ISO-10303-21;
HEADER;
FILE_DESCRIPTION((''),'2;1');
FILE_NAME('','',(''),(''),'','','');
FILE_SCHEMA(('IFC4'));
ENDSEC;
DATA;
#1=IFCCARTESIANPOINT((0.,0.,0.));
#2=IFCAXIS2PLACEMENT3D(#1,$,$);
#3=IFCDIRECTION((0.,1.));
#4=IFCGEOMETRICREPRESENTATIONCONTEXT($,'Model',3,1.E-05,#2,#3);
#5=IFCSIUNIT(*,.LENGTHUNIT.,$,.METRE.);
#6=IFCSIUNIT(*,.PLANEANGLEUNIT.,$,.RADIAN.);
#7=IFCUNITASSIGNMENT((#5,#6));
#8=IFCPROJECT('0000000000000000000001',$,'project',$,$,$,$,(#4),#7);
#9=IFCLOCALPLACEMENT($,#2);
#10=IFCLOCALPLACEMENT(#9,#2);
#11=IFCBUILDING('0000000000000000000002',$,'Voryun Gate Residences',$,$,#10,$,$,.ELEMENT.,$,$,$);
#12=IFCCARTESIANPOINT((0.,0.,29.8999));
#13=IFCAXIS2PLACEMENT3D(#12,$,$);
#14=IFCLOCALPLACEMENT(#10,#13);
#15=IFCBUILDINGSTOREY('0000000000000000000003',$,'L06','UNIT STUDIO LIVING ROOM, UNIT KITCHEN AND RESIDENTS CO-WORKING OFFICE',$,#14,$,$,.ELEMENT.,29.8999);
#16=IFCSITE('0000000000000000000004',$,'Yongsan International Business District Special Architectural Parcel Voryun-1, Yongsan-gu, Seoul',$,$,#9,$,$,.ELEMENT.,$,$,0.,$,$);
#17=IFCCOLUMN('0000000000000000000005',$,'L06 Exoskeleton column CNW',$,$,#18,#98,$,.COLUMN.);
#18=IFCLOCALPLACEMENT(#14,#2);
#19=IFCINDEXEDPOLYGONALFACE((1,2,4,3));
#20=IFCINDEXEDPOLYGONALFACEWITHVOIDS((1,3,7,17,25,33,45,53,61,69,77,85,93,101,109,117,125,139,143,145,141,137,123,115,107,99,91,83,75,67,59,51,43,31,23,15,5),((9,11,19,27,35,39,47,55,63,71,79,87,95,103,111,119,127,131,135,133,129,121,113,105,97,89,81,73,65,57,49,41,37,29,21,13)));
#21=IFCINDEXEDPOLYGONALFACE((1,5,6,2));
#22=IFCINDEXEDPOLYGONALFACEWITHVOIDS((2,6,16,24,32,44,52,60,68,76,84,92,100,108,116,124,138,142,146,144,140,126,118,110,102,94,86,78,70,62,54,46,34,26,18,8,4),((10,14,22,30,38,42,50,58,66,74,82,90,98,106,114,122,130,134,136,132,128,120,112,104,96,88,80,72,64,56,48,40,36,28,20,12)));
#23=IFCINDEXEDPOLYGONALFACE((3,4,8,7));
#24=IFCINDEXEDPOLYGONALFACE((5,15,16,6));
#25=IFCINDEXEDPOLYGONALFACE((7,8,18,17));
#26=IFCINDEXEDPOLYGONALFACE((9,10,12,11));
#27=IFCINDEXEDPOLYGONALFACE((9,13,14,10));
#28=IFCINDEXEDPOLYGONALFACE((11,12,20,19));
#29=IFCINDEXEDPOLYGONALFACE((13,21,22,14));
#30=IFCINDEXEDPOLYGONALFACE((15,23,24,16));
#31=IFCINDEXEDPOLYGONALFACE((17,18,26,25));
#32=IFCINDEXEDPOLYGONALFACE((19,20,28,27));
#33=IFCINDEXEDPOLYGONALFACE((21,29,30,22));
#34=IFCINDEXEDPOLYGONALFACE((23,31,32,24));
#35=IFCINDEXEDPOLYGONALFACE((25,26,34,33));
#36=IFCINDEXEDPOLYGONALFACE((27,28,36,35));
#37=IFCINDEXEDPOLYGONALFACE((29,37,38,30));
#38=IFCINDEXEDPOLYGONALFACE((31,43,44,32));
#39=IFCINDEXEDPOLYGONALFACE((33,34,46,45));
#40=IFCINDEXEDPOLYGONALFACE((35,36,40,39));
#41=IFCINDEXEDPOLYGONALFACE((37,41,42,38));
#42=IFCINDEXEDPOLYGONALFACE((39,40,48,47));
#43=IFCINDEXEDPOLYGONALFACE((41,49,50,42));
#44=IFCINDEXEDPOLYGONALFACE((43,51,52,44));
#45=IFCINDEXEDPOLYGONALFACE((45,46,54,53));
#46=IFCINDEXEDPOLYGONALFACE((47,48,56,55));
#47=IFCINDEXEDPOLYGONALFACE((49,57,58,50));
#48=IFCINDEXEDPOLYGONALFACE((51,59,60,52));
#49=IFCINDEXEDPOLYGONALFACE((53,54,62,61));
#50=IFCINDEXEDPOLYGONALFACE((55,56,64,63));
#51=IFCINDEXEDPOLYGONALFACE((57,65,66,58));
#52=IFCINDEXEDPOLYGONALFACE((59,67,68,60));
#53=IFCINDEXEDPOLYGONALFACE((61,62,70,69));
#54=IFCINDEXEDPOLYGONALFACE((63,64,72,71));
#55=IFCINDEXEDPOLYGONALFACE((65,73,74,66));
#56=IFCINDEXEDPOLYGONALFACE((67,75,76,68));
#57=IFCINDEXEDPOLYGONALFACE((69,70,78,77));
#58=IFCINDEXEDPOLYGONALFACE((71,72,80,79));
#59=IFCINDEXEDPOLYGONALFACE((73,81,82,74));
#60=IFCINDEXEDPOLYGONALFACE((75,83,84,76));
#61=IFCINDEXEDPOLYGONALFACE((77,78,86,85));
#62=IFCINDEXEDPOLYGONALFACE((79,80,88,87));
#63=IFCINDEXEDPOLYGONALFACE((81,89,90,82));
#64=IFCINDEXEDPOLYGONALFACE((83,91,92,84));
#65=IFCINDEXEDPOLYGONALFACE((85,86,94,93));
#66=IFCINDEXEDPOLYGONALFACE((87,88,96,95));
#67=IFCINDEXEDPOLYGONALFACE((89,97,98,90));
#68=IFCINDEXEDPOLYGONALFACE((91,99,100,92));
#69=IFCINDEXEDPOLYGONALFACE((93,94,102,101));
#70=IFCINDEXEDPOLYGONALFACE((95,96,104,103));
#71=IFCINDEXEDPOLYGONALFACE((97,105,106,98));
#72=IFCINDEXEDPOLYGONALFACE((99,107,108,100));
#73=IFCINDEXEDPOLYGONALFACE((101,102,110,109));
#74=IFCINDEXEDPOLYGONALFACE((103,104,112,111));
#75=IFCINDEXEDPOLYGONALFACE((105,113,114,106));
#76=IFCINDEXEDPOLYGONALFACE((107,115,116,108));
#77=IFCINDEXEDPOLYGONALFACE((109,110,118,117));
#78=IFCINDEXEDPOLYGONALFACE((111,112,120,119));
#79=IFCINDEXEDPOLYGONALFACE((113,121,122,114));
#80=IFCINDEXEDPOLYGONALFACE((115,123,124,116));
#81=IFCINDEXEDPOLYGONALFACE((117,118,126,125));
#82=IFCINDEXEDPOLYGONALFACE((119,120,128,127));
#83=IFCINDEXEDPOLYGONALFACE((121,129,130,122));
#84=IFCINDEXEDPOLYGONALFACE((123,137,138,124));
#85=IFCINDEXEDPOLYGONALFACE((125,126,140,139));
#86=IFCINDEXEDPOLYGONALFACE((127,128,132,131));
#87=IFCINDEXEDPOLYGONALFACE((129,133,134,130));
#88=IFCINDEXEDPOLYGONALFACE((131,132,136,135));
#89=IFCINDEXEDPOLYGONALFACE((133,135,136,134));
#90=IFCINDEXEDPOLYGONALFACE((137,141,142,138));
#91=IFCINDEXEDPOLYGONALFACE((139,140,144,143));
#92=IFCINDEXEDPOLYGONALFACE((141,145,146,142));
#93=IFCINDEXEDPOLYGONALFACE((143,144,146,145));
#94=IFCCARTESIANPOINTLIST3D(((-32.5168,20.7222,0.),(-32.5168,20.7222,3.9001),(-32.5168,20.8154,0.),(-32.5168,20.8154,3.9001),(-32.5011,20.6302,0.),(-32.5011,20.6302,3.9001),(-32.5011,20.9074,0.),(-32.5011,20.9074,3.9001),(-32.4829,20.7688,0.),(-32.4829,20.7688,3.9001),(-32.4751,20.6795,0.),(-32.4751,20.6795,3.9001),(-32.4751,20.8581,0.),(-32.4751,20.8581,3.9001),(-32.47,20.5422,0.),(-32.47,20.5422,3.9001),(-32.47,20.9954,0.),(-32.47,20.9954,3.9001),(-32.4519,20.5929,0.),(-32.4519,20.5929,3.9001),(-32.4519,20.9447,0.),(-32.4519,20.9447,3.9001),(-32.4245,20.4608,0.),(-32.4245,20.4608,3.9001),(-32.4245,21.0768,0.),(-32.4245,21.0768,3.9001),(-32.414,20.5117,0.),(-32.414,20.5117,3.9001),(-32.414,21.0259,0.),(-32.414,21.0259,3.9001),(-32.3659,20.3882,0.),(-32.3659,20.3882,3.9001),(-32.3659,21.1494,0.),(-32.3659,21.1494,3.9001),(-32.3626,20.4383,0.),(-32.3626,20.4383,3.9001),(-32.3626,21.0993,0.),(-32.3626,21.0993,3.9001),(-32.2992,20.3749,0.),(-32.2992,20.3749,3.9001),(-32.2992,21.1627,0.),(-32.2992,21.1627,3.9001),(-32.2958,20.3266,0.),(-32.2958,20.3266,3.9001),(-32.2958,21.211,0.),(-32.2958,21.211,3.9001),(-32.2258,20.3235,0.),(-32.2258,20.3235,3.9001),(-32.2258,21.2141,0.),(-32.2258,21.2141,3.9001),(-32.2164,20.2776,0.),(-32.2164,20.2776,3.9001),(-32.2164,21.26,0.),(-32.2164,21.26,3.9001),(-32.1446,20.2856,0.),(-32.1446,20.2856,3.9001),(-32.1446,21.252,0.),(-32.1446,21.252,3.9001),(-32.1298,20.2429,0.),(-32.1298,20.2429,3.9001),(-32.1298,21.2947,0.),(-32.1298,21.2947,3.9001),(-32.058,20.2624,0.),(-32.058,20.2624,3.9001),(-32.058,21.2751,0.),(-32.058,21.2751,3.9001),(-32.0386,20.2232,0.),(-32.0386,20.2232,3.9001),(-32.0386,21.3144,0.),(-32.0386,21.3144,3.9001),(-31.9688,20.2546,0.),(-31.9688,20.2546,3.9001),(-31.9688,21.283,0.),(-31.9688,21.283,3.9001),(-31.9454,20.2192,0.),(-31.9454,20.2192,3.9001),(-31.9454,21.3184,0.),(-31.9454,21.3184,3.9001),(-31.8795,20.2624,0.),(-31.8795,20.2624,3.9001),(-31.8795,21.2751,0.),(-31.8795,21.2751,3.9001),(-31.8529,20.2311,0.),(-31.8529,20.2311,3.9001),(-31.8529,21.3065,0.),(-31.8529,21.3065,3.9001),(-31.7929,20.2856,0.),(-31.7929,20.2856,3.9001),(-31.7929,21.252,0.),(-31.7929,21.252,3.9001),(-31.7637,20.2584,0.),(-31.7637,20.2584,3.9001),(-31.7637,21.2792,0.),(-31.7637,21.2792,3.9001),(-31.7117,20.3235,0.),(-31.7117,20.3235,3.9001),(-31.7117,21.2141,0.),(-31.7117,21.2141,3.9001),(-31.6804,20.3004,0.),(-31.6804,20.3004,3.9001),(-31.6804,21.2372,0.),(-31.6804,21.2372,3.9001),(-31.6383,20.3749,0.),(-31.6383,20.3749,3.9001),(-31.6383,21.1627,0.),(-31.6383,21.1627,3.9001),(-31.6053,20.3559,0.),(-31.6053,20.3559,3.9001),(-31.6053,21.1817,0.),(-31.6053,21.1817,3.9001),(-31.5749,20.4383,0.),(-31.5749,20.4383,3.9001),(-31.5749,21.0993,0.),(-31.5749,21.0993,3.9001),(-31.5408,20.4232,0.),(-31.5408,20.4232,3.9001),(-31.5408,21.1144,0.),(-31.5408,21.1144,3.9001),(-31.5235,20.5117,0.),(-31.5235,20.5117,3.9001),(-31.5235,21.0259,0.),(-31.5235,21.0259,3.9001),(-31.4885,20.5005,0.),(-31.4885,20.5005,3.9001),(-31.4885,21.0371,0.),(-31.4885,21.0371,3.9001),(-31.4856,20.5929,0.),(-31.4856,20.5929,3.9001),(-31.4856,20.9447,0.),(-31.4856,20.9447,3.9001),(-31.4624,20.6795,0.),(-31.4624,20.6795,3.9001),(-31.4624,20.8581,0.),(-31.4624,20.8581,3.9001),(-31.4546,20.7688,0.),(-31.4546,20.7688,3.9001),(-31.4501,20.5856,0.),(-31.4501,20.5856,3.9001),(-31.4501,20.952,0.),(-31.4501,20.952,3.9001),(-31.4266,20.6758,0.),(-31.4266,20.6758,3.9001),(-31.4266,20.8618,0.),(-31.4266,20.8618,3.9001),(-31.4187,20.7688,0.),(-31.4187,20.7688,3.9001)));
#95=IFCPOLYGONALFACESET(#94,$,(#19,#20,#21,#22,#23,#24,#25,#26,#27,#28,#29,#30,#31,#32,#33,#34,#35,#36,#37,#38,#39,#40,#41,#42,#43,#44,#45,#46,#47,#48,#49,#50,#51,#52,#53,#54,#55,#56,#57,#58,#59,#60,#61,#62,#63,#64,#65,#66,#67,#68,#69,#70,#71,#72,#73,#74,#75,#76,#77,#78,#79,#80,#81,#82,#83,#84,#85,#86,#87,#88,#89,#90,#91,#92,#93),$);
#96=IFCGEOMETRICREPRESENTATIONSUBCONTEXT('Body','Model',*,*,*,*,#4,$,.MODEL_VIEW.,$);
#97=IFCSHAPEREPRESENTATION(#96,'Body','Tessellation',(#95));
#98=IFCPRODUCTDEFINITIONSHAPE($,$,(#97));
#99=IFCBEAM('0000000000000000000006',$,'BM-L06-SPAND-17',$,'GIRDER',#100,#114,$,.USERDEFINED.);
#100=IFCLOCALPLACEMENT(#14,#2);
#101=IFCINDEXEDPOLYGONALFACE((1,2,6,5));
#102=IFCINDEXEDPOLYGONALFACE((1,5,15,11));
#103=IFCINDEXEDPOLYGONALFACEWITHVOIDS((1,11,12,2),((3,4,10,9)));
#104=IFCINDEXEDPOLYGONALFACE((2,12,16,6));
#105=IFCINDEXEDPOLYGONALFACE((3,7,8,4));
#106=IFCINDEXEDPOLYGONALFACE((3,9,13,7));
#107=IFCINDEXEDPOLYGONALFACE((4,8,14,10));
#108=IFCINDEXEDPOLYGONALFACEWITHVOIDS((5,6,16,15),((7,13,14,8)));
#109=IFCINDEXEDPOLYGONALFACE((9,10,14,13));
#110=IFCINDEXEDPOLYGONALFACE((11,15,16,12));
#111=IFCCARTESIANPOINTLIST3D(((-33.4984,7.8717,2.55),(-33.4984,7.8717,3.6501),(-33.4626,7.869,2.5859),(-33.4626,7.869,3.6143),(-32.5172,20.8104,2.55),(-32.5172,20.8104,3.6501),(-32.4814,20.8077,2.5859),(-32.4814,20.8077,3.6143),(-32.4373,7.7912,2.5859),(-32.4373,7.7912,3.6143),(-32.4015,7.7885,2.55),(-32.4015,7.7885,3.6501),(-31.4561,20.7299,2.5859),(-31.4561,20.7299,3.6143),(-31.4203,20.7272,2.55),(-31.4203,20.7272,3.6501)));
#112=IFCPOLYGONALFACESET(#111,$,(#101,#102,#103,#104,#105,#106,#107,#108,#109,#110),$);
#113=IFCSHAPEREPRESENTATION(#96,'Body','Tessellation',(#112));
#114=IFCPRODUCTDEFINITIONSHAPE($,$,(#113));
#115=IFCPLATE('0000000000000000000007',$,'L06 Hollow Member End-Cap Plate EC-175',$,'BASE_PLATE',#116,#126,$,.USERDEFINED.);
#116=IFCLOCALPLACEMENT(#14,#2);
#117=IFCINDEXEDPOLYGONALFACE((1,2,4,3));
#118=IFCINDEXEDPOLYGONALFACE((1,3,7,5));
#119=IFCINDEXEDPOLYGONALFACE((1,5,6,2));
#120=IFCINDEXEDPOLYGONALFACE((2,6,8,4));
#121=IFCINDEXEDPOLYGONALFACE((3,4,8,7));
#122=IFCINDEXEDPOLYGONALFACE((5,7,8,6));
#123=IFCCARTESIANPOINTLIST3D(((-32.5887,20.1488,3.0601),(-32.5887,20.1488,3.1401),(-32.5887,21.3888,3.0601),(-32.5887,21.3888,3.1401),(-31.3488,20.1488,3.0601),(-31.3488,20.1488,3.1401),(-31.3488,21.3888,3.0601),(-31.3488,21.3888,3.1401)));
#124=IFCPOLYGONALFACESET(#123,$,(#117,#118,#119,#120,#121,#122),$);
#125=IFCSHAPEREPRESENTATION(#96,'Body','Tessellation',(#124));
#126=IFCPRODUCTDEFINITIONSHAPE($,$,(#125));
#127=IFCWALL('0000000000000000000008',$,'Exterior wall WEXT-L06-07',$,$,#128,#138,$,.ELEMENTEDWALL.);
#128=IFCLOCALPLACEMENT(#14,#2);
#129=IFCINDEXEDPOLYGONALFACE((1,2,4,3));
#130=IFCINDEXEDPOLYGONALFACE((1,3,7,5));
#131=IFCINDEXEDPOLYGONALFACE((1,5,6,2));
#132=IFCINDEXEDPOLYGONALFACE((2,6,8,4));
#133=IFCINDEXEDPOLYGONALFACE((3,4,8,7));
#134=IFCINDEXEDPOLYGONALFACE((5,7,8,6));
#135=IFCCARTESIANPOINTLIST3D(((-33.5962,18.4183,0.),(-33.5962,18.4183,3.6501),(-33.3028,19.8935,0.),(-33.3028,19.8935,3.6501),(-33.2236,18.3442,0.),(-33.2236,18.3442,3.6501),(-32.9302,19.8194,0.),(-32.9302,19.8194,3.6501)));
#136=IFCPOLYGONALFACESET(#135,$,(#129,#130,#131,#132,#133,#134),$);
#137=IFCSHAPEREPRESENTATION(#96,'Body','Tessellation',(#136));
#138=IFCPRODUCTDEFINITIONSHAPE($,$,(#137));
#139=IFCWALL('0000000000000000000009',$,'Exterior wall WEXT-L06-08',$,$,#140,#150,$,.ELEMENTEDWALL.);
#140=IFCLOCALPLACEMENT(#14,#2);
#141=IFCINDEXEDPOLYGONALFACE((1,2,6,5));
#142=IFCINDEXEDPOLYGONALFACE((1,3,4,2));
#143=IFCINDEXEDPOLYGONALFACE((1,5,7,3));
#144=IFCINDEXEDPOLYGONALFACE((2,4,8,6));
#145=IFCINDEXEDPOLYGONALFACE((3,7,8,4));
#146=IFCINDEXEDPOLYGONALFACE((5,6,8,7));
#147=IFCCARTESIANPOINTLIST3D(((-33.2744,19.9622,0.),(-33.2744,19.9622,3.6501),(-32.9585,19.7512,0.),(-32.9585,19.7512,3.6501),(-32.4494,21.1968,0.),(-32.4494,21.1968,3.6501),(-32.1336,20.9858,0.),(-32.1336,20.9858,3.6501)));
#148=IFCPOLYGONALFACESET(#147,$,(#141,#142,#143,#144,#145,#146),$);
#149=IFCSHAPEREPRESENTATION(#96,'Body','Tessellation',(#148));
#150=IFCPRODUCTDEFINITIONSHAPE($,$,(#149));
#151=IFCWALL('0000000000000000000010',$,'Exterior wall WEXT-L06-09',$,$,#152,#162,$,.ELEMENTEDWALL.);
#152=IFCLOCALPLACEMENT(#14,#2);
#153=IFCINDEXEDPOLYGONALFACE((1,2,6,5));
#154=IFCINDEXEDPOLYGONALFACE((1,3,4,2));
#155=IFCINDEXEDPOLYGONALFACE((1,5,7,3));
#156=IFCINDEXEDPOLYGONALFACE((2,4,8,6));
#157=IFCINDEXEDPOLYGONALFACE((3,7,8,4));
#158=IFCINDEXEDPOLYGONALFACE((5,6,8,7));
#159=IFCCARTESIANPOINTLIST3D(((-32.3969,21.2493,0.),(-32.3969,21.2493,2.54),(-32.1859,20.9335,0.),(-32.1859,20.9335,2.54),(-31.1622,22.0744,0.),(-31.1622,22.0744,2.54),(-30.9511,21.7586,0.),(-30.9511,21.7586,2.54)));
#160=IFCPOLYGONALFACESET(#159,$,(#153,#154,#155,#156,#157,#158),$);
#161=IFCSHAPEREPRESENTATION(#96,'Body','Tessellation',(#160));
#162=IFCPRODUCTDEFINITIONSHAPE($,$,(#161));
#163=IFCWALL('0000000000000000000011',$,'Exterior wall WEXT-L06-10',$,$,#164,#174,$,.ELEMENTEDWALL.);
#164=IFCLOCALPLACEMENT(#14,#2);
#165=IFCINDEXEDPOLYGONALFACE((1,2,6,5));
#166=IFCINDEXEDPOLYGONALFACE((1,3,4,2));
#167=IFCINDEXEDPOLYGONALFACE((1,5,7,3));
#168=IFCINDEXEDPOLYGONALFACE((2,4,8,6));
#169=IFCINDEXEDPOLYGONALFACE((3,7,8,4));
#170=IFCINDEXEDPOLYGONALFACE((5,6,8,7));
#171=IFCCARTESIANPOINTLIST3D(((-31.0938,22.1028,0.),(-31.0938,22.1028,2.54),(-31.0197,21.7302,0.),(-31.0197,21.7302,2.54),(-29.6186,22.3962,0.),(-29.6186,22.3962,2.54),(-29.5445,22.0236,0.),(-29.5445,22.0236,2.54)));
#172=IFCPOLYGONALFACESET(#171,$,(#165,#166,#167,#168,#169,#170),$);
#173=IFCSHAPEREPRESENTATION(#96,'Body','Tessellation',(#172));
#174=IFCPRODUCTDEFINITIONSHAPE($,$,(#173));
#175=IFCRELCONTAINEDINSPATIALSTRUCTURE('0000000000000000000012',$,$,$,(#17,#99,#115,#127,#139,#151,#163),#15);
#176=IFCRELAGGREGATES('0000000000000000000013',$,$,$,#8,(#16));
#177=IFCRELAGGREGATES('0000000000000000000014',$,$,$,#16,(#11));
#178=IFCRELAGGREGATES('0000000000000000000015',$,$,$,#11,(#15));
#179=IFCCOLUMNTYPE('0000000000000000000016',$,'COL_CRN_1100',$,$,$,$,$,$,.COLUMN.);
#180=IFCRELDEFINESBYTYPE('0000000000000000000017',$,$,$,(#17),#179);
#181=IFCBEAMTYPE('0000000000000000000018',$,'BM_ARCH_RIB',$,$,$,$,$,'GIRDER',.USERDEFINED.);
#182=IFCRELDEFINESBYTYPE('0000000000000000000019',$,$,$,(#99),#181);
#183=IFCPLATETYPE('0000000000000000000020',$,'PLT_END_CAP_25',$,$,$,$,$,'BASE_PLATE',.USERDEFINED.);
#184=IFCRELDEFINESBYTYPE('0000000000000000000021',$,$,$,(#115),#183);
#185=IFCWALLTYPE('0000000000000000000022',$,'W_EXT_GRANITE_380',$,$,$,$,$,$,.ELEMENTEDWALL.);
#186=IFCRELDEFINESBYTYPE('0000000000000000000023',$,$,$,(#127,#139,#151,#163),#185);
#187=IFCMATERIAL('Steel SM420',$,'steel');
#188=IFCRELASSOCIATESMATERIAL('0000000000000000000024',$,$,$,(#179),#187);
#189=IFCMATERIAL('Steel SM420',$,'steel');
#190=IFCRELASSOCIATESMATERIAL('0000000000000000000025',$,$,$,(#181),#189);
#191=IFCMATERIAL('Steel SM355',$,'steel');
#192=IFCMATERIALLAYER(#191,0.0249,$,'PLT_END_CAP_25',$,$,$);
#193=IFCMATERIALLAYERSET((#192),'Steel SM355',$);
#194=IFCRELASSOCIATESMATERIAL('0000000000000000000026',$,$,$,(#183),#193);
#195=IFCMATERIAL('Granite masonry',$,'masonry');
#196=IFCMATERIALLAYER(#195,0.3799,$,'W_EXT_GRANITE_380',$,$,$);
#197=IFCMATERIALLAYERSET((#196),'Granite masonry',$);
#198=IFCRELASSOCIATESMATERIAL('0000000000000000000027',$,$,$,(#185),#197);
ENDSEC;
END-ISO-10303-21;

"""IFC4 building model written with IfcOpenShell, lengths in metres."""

from ifc_helpers import new_model, si_unit, direction, frame, frame_2d, origin, origin_2d, place, context, subcontext, project, spatial, rectangle, hollow_rectangle, hollow_circle, extrude, material, layer, layer_set, material_profile, profile_set, type_object, element, save


model = new_model("IFC4")

# Units and contexts
model_context = context("Model", 3, precision=1e-05, world=origin(), true_north=direction((0.0, 1.0)))
body_context = subcontext(model_context, "Body", "Model", "MODEL_VIEW")
ifc_project = project(units=[si_unit("LENGTHUNIT", "METRE"), si_unit("PLANEANGLEUNIT", "RADIAN")], contexts=[model_context])

# Site, building, storey
site_placement = place(None, origin())
site = spatial("IfcSite", under=ifc_project, at=site_placement, Name="Yongsan International Business District Special Architectural Parcel Voryun-1, Yongsan-gu, Seoul", CompositionType="ELEMENT", RefElevation=0.0)
building_placement = place(site_placement, origin())
building = spatial("IfcBuilding", under=site, at=building_placement, Name="Voryun Gate Residences", CompositionType="ELEMENT")
storey_placement = place(building_placement, frame((0.0, 0.0, 29.8999)))
storey = spatial("IfcBuildingStorey", under=building, at=storey_placement, Name="L06", Description="UNIT STUDIO LIVING ROOM, UNIT KITCHEN AND RESIDENTS CO-WORKING OFFICE", CompositionType="ELEMENT", Elevation=29.8999)

# Column
ifc_material_1 = material(Name="Steel SM420", Category="steel")
ifc_material_profile_1 = material_profile(ifc_material_1, hollow_circle(Radius=0.55, WallThickness=0.0359, at=origin_2d()), Name="CHS-1100x36")
ifc_profile_set_1 = profile_set([ifc_material_profile_1], Name="Steel SM420")
column_type = type_object("IfcColumnType", Name="COL_CRN_1100", PredefinedType="COLUMN", material=ifc_profile_set_1)
column_placement = place(storey_placement, frame((-31.9688, 20.7688, 0.0), z_axis=(0.0, 0.0, 1.0), x_axis=(1.0, 0.0, 0.0)))
element("IfcColumn", 1, at=column_placement, inside=storey, type_object=column_type, Name="L06 Exoskeleton column CNW", PredefinedType="COLUMN", context=body_context, shape_type="SweptSolid", body=[
    extrude(hollow_circle(Radius=0.55, WallThickness=0.0359, at=origin_2d()), origin(), (0.0, 0.0, 1.0), 3.9001),
])

# Beam
ifc_material_2 = material(Name="Steel SM420", Category="steel")
ifc_material_profile_2 = material_profile(ifc_material_2, hollow_rectangle(XDim=1.1001, YDim=1.1001, WallThickness=0.0359, at=origin_2d()), Name="BOX-1100x1100x36")
ifc_profile_set_2 = profile_set([ifc_material_profile_2], Name="Steel SM420")
beam_type = type_object("IfcBeamType", Name="BM_ARCH_RIB", ElementType="GIRDER", PredefinedType="USERDEFINED", material=ifc_profile_set_2)
beam_placement = place(storey_placement, frame((-31.9688, 20.7688, 3.1001), z_axis=(-0.075617, -0.997137, 0.0), x_axis=(0.997137, -0.075617, 0.0)))
element("IfcBeam", 2, at=beam_placement, inside=storey, type_object=beam_type, Name="BM-L06-SPAND-17", ObjectType="GIRDER", PredefinedType="USERDEFINED", context=body_context, shape_type="SweptSolid", body=[
    extrude(hollow_rectangle(XDim=1.1001, YDim=1.1001, WallThickness=0.0359, at=origin_2d()), origin(), (0.0, 0.0, 1.0), 12.9758),
])

# Plate
ifc_material_3 = material(Name="Steel SM355", Category="steel")
ifc_layer_1 = layer(ifc_material_3, 0.0249, Name="PLT_END_CAP_25")
ifc_layer_set_1 = layer_set([ifc_layer_1], Name="Steel SM355")
plate_type = type_object("IfcPlateType", Name="PLT_END_CAP_25", ElementType="BASE_PLATE", PredefinedType="USERDEFINED", material=ifc_layer_set_1)
plate_placement = place(storey_placement, frame((-31.9688, 20.7688, 3.0601), z_axis=(0.0, 0.0, 1.0), x_axis=(1.0, 0.0, 0.0)))
element("IfcPlate", 3, at=plate_placement, inside=storey, type_object=plate_type, Name="L06 Hollow Member End-Cap Plate EC-175", ObjectType="BASE_PLATE", PredefinedType="USERDEFINED", context=body_context, shape_type="SweptSolid", body=[
    extrude(rectangle(XDim=1.24, YDim=1.24, at=origin_2d()), origin(), (0.0, 0.0, 1.0), 0.0801),
])

# Walls
ifc_material_4 = material(Name="Granite masonry", Category="masonry")
ifc_layer_2 = layer(ifc_material_4, 0.3799, Name="W_EXT_GRANITE_380")
ifc_layer_set_2 = layer_set([ifc_layer_2], Name="Granite masonry")
wall_type_1 = type_object("IfcWallType", Name="W_EXT_GRANITE_380", PredefinedType="ELEMENTEDWALL", material=ifc_layer_set_2)
wall_1_placement = place(storey_placement, frame((-33.4099, 18.3813, 0.0), z_axis=(0.0, 0.0, 1.0), x_axis=(0.195086, 0.980786, 0.0)))
element("IfcWall", 4, at=wall_1_placement, inside=storey, type_object=wall_type_1, Name="Exterior wall WEXT-L06-07", PredefinedType="ELEMENTEDWALL", context=body_context, shape_type="SweptSolid", body=[
    extrude(rectangle(XDim=1.5042, YDim=0.3799, at=frame_2d((0.752, 0.0))), origin(), (0.0, 0.0, 1.0), 3.6501),
])
wall_2_placement = place(storey_placement, frame((-33.1165, 19.8567, 0.0), z_axis=(0.0, 0.0, 1.0), x_axis=(0.555573, 0.831468, 0.0)))
element("IfcWall", 5, at=wall_2_placement, inside=storey, type_object=wall_type_1, Name="Exterior wall WEXT-L06-08", PredefinedType="ELEMENTEDWALL", context=body_context, shape_type="SweptSolid", body=[
    extrude(rectangle(XDim=1.4849, YDim=0.3799, at=frame_2d((0.7424, 0.0))), origin(), (0.0, 0.0, 1.0), 3.6501),
])
wall_3_placement = place(storey_placement, frame((-32.2915, 21.0913, 0.0), z_axis=(0.0, 0.0, 1.0), x_axis=(0.831443, 0.55561, 0.0)))
element("IfcWall", 6, at=wall_3_placement, inside=storey, type_object=wall_type_1, Name="Exterior wall WEXT-L06-09", PredefinedType="ELEMENTEDWALL", context=body_context, shape_type="SweptSolid", body=[
    extrude(rectangle(XDim=1.4851, YDim=0.3799, at=frame_2d((0.7427, 0.0))), origin(), (0.0, 0.0, 1.0), 2.54),
])
wall_4_placement = place(storey_placement, frame((-31.0566, 21.9165, 0.0), z_axis=(0.0, 0.0, 1.0), x_axis=(0.980786, 0.195086, 0.0)))
element("IfcWall", 7, at=wall_4_placement, inside=storey, type_object=wall_type_1, Name="Exterior wall WEXT-L06-10", PredefinedType="ELEMENTEDWALL", context=body_context, shape_type="SweptSolid", body=[
    extrude(rectangle(XDim=1.5042, YDim=0.3799, at=frame_2d((0.752, 0.0))), origin(), (0.0, 0.0, 1.0), 2.54),
])

save(model, "model.ifc")
